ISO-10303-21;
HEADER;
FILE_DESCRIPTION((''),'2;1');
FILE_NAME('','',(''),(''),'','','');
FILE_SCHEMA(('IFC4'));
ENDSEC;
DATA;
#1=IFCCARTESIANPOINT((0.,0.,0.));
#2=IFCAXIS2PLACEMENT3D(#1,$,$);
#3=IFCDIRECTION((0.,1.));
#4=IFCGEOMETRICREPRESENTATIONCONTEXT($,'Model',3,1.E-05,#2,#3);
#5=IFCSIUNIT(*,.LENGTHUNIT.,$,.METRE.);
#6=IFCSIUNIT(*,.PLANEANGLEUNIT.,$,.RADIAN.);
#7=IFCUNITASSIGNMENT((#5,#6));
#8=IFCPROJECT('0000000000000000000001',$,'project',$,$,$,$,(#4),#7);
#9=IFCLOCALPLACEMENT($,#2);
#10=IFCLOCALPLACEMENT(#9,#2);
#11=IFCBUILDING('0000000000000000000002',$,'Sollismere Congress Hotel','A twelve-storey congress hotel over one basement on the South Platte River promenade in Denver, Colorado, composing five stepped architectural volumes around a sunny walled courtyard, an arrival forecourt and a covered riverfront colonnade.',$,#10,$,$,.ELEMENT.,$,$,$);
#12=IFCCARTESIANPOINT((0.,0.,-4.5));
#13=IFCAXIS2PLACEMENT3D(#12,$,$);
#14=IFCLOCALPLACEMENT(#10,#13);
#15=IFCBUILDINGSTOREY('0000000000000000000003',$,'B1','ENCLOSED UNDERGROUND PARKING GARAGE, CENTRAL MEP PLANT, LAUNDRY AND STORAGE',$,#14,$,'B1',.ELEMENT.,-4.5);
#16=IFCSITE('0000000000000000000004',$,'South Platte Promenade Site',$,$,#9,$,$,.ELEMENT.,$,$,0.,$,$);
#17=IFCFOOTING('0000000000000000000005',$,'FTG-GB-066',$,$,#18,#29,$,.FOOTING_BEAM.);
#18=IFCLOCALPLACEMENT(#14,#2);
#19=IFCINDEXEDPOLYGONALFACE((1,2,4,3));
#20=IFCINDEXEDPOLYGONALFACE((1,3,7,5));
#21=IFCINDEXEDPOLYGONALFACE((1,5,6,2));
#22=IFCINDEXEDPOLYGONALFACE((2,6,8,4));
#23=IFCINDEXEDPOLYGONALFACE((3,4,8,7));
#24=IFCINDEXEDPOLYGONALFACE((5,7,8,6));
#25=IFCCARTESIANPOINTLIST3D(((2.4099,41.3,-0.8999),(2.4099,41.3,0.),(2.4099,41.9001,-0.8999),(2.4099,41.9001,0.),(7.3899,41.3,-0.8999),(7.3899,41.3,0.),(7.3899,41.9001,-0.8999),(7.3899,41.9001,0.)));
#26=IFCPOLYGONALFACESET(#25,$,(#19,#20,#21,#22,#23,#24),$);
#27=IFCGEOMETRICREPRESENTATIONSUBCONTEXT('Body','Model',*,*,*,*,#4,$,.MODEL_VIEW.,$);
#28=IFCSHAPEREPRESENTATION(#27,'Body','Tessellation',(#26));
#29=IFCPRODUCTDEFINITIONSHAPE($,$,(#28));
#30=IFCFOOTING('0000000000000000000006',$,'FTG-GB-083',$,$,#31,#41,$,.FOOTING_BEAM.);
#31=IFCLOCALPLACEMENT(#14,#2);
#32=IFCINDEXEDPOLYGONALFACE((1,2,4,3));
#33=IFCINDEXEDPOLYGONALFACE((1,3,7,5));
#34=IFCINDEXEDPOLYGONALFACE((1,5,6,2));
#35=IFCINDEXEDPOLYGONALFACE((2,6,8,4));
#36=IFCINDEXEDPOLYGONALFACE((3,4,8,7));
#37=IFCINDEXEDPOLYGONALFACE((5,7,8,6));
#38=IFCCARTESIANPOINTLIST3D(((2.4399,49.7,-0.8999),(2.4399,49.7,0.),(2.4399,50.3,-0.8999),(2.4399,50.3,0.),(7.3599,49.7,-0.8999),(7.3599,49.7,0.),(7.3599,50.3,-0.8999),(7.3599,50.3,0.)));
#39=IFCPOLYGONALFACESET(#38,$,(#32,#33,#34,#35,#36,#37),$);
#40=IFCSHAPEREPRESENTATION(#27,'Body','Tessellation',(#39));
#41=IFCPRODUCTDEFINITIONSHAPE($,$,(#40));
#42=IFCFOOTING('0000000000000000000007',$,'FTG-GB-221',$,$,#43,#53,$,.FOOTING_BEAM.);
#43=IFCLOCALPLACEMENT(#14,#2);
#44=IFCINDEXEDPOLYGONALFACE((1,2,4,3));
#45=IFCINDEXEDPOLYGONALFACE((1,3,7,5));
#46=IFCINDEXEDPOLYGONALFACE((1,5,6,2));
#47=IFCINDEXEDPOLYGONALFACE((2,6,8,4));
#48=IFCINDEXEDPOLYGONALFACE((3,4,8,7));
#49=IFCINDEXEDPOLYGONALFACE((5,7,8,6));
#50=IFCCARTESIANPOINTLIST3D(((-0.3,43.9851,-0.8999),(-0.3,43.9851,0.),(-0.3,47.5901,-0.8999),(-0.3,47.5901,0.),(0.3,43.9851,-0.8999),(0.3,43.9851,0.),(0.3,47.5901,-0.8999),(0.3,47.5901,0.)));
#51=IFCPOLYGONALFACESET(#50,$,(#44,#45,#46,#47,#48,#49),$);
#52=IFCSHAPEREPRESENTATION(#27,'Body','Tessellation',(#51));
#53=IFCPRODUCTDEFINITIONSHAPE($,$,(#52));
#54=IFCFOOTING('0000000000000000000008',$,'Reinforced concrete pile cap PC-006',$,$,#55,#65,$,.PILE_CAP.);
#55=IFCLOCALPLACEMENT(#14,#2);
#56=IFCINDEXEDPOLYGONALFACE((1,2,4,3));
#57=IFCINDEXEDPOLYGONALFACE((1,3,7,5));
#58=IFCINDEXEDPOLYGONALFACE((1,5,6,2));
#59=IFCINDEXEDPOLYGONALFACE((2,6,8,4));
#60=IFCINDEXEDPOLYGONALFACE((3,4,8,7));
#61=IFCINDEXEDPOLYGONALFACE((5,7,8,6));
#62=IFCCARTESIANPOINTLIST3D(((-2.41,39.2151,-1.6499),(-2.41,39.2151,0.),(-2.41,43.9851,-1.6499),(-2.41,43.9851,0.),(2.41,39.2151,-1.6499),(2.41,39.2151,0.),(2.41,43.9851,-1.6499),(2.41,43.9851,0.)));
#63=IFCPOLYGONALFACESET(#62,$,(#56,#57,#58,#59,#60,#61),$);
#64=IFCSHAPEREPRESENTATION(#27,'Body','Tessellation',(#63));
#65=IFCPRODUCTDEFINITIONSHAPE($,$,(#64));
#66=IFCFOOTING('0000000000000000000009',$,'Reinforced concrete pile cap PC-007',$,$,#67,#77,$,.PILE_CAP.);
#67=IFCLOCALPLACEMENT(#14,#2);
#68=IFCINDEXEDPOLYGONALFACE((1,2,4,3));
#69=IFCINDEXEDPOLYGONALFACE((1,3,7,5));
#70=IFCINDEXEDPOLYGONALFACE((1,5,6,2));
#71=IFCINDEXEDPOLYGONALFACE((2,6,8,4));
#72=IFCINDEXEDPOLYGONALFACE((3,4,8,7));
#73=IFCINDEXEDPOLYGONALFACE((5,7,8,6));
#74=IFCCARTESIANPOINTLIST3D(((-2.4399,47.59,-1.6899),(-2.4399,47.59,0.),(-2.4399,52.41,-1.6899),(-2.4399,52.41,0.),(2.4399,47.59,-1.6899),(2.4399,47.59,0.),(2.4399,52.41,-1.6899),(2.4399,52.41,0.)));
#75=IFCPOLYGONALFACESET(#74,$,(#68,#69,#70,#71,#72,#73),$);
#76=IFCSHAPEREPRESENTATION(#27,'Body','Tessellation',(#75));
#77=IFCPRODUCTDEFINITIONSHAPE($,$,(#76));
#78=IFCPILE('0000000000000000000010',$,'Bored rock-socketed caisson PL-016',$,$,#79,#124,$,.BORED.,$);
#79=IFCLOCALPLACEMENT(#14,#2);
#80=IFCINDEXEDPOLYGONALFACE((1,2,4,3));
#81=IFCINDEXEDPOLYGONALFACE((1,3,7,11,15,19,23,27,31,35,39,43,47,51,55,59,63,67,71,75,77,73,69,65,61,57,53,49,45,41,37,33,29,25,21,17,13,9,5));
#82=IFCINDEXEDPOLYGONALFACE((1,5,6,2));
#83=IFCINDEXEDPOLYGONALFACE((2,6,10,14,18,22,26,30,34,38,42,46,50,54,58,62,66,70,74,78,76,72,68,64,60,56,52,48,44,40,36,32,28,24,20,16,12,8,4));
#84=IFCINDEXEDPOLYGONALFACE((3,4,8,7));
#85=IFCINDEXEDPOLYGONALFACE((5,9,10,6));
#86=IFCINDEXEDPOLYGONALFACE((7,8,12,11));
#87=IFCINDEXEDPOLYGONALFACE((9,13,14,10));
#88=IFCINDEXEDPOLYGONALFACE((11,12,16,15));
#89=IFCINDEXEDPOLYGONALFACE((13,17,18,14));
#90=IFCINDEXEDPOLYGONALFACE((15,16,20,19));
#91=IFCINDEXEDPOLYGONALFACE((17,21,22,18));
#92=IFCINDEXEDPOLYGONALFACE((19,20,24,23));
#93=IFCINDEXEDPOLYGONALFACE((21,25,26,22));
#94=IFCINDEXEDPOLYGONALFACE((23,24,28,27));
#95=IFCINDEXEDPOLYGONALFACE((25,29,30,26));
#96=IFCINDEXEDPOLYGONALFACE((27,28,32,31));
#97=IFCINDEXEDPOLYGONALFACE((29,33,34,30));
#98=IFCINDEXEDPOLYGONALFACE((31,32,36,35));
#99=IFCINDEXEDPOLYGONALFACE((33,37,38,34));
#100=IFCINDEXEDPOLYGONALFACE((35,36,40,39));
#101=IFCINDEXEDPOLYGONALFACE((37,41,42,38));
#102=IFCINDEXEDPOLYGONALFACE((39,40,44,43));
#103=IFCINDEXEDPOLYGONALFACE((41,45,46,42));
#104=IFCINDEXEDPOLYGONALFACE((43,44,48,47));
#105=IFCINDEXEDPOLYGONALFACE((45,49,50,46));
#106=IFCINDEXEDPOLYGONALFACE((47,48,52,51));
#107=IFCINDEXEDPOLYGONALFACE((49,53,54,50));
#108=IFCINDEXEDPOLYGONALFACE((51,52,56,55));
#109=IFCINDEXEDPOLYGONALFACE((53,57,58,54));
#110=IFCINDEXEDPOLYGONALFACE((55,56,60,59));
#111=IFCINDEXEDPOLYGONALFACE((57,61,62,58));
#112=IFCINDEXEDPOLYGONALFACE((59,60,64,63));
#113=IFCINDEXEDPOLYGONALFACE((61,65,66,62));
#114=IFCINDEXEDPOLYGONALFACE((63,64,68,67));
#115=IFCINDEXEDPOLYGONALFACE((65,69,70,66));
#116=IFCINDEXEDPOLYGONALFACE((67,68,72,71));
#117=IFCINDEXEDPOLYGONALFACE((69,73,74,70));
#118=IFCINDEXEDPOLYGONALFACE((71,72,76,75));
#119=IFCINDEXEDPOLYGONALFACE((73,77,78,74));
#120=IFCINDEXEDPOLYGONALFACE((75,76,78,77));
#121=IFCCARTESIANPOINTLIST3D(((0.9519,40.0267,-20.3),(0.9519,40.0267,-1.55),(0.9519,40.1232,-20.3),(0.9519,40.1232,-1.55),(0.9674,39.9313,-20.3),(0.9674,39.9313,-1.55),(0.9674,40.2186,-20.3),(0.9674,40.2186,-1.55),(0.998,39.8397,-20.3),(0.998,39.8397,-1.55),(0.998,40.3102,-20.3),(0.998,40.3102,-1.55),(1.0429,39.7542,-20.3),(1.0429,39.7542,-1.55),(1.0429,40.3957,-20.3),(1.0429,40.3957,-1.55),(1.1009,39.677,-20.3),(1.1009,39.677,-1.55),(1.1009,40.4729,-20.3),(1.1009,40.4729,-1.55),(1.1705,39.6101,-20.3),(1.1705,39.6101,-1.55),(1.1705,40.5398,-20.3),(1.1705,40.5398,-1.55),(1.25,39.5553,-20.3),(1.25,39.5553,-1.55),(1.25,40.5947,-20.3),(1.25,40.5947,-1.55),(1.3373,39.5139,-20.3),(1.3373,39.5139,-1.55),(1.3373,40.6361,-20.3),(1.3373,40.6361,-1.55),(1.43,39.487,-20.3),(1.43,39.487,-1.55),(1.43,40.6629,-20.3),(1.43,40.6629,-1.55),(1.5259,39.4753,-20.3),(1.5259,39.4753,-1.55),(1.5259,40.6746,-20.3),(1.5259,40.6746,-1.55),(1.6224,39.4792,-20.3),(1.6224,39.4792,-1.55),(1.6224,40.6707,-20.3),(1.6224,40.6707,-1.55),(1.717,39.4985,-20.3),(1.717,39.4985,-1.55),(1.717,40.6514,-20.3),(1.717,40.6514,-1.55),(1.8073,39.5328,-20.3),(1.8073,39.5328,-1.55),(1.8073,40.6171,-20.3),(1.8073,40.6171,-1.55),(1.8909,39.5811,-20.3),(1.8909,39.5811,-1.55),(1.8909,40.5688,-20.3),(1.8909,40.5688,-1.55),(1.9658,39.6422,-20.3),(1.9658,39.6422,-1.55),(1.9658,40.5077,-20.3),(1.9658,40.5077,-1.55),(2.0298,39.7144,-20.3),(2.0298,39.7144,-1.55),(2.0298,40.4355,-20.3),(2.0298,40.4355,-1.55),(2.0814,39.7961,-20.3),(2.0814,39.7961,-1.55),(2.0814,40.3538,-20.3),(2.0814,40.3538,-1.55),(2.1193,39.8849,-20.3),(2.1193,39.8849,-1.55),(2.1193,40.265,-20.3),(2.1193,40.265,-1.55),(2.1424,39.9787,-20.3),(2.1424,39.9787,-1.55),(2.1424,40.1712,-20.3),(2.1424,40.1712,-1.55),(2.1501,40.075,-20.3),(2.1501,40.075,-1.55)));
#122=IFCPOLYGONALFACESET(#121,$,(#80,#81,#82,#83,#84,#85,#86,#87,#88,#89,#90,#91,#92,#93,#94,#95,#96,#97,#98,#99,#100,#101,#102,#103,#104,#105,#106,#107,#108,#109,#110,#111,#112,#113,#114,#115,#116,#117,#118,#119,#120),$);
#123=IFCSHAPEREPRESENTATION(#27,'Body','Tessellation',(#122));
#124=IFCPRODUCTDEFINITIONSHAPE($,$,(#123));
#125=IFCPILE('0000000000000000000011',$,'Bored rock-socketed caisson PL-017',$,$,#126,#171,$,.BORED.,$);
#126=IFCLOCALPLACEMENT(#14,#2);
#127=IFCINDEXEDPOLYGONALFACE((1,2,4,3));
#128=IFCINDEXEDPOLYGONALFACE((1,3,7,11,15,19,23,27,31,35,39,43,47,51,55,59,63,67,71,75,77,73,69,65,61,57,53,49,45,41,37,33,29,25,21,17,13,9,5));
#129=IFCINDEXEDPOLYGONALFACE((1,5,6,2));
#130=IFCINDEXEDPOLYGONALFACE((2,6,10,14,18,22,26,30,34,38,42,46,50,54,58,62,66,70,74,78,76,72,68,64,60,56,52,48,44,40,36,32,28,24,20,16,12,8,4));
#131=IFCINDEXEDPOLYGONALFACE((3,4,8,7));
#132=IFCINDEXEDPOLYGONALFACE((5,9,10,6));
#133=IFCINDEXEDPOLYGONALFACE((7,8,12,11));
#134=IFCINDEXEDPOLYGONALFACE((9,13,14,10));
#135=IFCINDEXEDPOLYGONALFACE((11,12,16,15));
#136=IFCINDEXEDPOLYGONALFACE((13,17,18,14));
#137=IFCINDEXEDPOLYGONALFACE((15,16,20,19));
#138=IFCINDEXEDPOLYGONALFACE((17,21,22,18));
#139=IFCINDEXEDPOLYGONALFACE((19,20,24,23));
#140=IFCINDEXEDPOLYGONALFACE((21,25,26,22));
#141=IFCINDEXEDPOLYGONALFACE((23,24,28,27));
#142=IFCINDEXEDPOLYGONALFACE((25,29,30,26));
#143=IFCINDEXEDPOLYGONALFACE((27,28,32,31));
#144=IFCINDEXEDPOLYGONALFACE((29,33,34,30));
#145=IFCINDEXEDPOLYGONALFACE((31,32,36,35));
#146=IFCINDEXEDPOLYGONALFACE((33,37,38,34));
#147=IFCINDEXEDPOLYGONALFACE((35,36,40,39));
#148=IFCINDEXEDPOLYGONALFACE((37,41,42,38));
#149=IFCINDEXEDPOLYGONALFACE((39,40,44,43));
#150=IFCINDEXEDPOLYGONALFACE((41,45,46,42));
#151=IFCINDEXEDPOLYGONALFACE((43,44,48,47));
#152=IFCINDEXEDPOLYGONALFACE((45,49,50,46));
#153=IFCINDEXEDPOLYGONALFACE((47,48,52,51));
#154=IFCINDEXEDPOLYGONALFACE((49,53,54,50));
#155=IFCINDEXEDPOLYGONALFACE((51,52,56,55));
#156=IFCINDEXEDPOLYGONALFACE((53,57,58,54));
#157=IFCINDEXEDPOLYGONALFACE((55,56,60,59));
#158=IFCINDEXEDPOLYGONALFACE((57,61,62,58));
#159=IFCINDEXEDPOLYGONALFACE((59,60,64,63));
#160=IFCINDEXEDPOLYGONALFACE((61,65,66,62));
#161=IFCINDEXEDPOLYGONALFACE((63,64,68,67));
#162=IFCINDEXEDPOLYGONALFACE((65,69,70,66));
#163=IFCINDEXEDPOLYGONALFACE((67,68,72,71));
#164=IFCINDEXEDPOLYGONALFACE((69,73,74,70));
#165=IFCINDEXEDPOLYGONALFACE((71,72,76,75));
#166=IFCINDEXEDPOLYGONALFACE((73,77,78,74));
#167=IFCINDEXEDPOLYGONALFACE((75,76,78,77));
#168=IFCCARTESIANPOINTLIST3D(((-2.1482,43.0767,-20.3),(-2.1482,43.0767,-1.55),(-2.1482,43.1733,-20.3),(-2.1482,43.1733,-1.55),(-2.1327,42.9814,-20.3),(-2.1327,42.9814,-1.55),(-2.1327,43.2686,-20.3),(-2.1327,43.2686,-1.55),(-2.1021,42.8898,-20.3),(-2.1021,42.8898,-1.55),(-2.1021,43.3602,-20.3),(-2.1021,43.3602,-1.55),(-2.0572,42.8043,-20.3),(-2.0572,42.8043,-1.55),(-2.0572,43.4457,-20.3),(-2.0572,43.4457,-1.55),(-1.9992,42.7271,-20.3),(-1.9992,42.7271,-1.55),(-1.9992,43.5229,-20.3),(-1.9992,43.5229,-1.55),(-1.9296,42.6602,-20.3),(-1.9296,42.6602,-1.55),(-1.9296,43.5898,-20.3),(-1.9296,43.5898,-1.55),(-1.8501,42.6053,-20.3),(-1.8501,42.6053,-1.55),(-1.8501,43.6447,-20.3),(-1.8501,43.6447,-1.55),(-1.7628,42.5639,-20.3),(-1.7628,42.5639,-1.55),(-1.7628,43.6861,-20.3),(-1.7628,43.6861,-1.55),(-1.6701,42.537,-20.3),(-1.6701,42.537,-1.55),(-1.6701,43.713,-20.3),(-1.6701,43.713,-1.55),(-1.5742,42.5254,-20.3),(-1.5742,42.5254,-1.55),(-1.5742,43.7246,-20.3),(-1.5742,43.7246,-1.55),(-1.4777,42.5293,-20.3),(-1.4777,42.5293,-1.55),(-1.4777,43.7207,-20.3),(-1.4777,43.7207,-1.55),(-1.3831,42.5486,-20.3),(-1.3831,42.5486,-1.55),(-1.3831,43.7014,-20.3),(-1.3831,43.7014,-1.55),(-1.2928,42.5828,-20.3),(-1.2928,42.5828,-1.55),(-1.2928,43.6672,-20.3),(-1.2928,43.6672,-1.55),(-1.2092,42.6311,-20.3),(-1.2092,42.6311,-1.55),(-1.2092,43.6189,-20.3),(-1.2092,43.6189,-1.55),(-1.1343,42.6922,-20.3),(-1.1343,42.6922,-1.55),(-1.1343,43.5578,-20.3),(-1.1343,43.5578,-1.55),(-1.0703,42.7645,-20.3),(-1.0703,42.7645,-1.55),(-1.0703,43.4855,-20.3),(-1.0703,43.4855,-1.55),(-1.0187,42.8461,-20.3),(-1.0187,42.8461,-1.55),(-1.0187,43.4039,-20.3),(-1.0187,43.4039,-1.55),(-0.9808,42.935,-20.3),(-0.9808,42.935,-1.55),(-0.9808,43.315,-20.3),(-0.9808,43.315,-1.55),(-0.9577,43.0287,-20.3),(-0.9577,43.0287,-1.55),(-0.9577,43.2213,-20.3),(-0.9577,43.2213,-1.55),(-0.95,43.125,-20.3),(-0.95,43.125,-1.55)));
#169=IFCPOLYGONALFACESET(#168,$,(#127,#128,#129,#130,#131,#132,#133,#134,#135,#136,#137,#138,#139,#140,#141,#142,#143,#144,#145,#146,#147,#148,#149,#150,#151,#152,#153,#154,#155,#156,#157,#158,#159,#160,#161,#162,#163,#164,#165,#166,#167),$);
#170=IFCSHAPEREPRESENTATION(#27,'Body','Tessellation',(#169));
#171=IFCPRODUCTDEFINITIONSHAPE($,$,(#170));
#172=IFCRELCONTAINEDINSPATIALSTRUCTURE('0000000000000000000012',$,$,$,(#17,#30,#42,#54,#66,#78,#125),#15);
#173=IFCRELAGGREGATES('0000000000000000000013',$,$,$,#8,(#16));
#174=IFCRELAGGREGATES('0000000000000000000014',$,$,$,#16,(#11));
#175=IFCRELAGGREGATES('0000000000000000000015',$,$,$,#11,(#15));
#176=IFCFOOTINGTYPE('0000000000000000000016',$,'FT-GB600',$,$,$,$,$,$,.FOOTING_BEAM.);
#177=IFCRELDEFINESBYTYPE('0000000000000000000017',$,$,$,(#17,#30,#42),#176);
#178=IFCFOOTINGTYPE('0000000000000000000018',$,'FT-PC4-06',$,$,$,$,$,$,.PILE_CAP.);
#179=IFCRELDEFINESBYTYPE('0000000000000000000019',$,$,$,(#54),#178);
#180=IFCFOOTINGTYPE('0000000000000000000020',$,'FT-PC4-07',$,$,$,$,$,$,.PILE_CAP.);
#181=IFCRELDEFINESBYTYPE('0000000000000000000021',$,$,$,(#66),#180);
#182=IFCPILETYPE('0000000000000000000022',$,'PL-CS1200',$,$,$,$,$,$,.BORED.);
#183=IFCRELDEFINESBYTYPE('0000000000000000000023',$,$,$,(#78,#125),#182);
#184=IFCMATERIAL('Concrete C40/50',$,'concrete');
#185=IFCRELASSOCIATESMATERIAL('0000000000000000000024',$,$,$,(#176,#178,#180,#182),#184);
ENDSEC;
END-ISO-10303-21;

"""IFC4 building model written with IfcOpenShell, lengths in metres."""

from ifc_helpers import new_model, si_unit, direction, frame, origin, origin_2d, place, context, subcontext, project, spatial, rectangle, circle, extrude, material, material_profile, profile_set, type_object, element, save


model = new_model("IFC4")

# Units and contexts
model_context = context("Model", 3, precision=1e-05, world=origin(), true_north=direction((0.0, 1.0)))
body_context = subcontext(model_context, "Body", "Model", "MODEL_VIEW")
ifc_project = project(units=[si_unit("LENGTHUNIT", "METRE"), si_unit("PLANEANGLEUNIT", "RADIAN")], contexts=[model_context])

# Site, building, storey
site_placement = place(None, origin())
site = spatial("IfcSite", under=ifc_project, at=site_placement, Name="South Platte Promenade Site", CompositionType="ELEMENT", RefElevation=0.0)
building_placement = place(site_placement, origin())
building = spatial("IfcBuilding", under=site, at=building_placement, Name="Sollismere Congress Hotel", Description="A twelve-storey congress hotel over one basement on the South Platte River promenade in Denver, Colorado, composing five stepped architectural volumes around a sunny walled courtyard, an arrival forecourt and a covered riverfront colonnade.", CompositionType="ELEMENT")
storey_placement = place(building_placement, frame((0.0, 0.0, -4.5)))
storey = spatial("IfcBuildingStorey", under=building, at=storey_placement, Name="B1", Description="ENCLOSED UNDERGROUND PARKING GARAGE, CENTRAL MEP PLANT, LAUNDRY AND STORAGE", LongName="B1", CompositionType="ELEMENT", Elevation=-4.5)

# Footings
ifc_material_1 = material(Name="Concrete C40/50", Category="concrete")
footing_type_1 = type_object("IfcFootingType", Name="FT-GB600", PredefinedType="FOOTING_BEAM", material=ifc_material_1)
footing_1_placement = place(storey_placement, frame((4.8999, 41.6001, -0.8999), z_axis=(0.0, 0.0, 1.0), x_axis=(1.0, 0.0, 0.0)))
element("IfcFooting", 1, at=footing_1_placement, inside=storey, type_object=footing_type_1, Name="FTG-GB-066", PredefinedType="FOOTING_BEAM", context=body_context, shape_type="SweptSolid", body=[
    extrude(rectangle(XDim=4.98, YDim=0.6001, at=origin_2d()), origin(), (0.0, 0.0, 1.0), 0.8999),
])
footing_2_placement = place(storey_placement, frame((4.8999, 50.0, -0.8999), z_axis=(0.0, 0.0, 1.0), x_axis=(1.0, 0.0, 0.0)))
element("IfcFooting", 2, at=footing_2_placement, inside=storey, type_object=footing_type_1, Name="FTG-GB-083", PredefinedType="FOOTING_BEAM", context=body_context, shape_type="SweptSolid", body=[
    extrude(rectangle(XDim=4.9199, YDim=0.6001, at=origin_2d()), origin(), (0.0, 0.0, 1.0), 0.8999),
])
footing_3_placement = place(storey_placement, frame((0.0, 45.7876, -0.8999), z_axis=(0.0, 0.0, 1.0), x_axis=(0.0, 1.0, 0.0)))
element("IfcFooting", 3, at=footing_3_placement, inside=storey, type_object=footing_type_1, Name="FTG-GB-221", PredefinedType="FOOTING_BEAM", context=body_context, shape_type="SweptSolid", body=[
    extrude(rectangle(XDim=3.605, YDim=0.6001, at=origin_2d()), origin(), (0.0, 0.0, 1.0), 0.8999),
])
footing_type_2 = type_object("IfcFootingType", Name="FT-PC4-06", PredefinedType="PILE_CAP", material=ifc_material_1)
footing_4_placement = place(storey_placement, frame((0.0, 41.6001, -1.6499), z_axis=(0.0, 0.0, 1.0), x_axis=(1.0, 0.0, 0.0)))
element("IfcFooting", 4, at=footing_4_placement, inside=storey, type_object=footing_type_2, Name="Reinforced concrete pile cap PC-006", PredefinedType="PILE_CAP", context=body_context, shape_type="SweptSolid", body=[
    extrude(rectangle(XDim=4.8201, YDim=4.77, at=origin_2d()), origin(), (0.0, 0.0, 1.0), 1.6499),
])
footing_type_3 = type_object("IfcFootingType", Name="FT-PC4-07", PredefinedType="PILE_CAP", material=ifc_material_1)
footing_5_placement = place(storey_placement, frame((0.0, 50.0, -1.6899), z_axis=(0.0, 0.0, 1.0), x_axis=(1.0, 0.0, 0.0)))
element("IfcFooting", 5, at=footing_5_placement, inside=storey, type_object=footing_type_3, Name="Reinforced concrete pile cap PC-007", PredefinedType="PILE_CAP", context=body_context, shape_type="SweptSolid", body=[
    extrude(rectangle(XDim=4.8799, YDim=4.8201, at=origin_2d()), origin(), (0.0, 0.0, 1.0), 1.6899),
])

# Piles
ifc_material_profile_1 = material_profile(ifc_material_1, circle(Radius=0.6001, at=origin_2d()), Name="CAISSON1200")
ifc_profile_set_1 = profile_set([ifc_material_profile_1], Name="Concrete C40/50")
pile_type = type_object("IfcPileType", Name="PL-CS1200", PredefinedType="BORED", material=ifc_profile_set_1)
for number, where, z_axis, x_axis, name in (
    (6, (1.55, 40.075, -1.55), (0.0, 0.0, -1.0), (1.0, 0.0, 0.0), "Bored rock-socketed caisson PL-016"),
    (7, (-1.55, 43.125, -1.55), (0.0, 0.0, -1.0), (1.0, 0.0, 0.0), "Bored rock-socketed caisson PL-017"),
):
    element("IfcPile", number, at=place(storey_placement, frame(where, z_axis=z_axis, x_axis=x_axis)), inside=storey, type_object=pile_type, Name=name, PredefinedType="BORED", context=body_context, shape_type="SweptSolid", body=[
        extrude(circle(Radius=0.6001, at=origin_2d()), origin(), (0.0, 0.0, 1.0), 18.75),
    ])

save(model, "model.ifc")
